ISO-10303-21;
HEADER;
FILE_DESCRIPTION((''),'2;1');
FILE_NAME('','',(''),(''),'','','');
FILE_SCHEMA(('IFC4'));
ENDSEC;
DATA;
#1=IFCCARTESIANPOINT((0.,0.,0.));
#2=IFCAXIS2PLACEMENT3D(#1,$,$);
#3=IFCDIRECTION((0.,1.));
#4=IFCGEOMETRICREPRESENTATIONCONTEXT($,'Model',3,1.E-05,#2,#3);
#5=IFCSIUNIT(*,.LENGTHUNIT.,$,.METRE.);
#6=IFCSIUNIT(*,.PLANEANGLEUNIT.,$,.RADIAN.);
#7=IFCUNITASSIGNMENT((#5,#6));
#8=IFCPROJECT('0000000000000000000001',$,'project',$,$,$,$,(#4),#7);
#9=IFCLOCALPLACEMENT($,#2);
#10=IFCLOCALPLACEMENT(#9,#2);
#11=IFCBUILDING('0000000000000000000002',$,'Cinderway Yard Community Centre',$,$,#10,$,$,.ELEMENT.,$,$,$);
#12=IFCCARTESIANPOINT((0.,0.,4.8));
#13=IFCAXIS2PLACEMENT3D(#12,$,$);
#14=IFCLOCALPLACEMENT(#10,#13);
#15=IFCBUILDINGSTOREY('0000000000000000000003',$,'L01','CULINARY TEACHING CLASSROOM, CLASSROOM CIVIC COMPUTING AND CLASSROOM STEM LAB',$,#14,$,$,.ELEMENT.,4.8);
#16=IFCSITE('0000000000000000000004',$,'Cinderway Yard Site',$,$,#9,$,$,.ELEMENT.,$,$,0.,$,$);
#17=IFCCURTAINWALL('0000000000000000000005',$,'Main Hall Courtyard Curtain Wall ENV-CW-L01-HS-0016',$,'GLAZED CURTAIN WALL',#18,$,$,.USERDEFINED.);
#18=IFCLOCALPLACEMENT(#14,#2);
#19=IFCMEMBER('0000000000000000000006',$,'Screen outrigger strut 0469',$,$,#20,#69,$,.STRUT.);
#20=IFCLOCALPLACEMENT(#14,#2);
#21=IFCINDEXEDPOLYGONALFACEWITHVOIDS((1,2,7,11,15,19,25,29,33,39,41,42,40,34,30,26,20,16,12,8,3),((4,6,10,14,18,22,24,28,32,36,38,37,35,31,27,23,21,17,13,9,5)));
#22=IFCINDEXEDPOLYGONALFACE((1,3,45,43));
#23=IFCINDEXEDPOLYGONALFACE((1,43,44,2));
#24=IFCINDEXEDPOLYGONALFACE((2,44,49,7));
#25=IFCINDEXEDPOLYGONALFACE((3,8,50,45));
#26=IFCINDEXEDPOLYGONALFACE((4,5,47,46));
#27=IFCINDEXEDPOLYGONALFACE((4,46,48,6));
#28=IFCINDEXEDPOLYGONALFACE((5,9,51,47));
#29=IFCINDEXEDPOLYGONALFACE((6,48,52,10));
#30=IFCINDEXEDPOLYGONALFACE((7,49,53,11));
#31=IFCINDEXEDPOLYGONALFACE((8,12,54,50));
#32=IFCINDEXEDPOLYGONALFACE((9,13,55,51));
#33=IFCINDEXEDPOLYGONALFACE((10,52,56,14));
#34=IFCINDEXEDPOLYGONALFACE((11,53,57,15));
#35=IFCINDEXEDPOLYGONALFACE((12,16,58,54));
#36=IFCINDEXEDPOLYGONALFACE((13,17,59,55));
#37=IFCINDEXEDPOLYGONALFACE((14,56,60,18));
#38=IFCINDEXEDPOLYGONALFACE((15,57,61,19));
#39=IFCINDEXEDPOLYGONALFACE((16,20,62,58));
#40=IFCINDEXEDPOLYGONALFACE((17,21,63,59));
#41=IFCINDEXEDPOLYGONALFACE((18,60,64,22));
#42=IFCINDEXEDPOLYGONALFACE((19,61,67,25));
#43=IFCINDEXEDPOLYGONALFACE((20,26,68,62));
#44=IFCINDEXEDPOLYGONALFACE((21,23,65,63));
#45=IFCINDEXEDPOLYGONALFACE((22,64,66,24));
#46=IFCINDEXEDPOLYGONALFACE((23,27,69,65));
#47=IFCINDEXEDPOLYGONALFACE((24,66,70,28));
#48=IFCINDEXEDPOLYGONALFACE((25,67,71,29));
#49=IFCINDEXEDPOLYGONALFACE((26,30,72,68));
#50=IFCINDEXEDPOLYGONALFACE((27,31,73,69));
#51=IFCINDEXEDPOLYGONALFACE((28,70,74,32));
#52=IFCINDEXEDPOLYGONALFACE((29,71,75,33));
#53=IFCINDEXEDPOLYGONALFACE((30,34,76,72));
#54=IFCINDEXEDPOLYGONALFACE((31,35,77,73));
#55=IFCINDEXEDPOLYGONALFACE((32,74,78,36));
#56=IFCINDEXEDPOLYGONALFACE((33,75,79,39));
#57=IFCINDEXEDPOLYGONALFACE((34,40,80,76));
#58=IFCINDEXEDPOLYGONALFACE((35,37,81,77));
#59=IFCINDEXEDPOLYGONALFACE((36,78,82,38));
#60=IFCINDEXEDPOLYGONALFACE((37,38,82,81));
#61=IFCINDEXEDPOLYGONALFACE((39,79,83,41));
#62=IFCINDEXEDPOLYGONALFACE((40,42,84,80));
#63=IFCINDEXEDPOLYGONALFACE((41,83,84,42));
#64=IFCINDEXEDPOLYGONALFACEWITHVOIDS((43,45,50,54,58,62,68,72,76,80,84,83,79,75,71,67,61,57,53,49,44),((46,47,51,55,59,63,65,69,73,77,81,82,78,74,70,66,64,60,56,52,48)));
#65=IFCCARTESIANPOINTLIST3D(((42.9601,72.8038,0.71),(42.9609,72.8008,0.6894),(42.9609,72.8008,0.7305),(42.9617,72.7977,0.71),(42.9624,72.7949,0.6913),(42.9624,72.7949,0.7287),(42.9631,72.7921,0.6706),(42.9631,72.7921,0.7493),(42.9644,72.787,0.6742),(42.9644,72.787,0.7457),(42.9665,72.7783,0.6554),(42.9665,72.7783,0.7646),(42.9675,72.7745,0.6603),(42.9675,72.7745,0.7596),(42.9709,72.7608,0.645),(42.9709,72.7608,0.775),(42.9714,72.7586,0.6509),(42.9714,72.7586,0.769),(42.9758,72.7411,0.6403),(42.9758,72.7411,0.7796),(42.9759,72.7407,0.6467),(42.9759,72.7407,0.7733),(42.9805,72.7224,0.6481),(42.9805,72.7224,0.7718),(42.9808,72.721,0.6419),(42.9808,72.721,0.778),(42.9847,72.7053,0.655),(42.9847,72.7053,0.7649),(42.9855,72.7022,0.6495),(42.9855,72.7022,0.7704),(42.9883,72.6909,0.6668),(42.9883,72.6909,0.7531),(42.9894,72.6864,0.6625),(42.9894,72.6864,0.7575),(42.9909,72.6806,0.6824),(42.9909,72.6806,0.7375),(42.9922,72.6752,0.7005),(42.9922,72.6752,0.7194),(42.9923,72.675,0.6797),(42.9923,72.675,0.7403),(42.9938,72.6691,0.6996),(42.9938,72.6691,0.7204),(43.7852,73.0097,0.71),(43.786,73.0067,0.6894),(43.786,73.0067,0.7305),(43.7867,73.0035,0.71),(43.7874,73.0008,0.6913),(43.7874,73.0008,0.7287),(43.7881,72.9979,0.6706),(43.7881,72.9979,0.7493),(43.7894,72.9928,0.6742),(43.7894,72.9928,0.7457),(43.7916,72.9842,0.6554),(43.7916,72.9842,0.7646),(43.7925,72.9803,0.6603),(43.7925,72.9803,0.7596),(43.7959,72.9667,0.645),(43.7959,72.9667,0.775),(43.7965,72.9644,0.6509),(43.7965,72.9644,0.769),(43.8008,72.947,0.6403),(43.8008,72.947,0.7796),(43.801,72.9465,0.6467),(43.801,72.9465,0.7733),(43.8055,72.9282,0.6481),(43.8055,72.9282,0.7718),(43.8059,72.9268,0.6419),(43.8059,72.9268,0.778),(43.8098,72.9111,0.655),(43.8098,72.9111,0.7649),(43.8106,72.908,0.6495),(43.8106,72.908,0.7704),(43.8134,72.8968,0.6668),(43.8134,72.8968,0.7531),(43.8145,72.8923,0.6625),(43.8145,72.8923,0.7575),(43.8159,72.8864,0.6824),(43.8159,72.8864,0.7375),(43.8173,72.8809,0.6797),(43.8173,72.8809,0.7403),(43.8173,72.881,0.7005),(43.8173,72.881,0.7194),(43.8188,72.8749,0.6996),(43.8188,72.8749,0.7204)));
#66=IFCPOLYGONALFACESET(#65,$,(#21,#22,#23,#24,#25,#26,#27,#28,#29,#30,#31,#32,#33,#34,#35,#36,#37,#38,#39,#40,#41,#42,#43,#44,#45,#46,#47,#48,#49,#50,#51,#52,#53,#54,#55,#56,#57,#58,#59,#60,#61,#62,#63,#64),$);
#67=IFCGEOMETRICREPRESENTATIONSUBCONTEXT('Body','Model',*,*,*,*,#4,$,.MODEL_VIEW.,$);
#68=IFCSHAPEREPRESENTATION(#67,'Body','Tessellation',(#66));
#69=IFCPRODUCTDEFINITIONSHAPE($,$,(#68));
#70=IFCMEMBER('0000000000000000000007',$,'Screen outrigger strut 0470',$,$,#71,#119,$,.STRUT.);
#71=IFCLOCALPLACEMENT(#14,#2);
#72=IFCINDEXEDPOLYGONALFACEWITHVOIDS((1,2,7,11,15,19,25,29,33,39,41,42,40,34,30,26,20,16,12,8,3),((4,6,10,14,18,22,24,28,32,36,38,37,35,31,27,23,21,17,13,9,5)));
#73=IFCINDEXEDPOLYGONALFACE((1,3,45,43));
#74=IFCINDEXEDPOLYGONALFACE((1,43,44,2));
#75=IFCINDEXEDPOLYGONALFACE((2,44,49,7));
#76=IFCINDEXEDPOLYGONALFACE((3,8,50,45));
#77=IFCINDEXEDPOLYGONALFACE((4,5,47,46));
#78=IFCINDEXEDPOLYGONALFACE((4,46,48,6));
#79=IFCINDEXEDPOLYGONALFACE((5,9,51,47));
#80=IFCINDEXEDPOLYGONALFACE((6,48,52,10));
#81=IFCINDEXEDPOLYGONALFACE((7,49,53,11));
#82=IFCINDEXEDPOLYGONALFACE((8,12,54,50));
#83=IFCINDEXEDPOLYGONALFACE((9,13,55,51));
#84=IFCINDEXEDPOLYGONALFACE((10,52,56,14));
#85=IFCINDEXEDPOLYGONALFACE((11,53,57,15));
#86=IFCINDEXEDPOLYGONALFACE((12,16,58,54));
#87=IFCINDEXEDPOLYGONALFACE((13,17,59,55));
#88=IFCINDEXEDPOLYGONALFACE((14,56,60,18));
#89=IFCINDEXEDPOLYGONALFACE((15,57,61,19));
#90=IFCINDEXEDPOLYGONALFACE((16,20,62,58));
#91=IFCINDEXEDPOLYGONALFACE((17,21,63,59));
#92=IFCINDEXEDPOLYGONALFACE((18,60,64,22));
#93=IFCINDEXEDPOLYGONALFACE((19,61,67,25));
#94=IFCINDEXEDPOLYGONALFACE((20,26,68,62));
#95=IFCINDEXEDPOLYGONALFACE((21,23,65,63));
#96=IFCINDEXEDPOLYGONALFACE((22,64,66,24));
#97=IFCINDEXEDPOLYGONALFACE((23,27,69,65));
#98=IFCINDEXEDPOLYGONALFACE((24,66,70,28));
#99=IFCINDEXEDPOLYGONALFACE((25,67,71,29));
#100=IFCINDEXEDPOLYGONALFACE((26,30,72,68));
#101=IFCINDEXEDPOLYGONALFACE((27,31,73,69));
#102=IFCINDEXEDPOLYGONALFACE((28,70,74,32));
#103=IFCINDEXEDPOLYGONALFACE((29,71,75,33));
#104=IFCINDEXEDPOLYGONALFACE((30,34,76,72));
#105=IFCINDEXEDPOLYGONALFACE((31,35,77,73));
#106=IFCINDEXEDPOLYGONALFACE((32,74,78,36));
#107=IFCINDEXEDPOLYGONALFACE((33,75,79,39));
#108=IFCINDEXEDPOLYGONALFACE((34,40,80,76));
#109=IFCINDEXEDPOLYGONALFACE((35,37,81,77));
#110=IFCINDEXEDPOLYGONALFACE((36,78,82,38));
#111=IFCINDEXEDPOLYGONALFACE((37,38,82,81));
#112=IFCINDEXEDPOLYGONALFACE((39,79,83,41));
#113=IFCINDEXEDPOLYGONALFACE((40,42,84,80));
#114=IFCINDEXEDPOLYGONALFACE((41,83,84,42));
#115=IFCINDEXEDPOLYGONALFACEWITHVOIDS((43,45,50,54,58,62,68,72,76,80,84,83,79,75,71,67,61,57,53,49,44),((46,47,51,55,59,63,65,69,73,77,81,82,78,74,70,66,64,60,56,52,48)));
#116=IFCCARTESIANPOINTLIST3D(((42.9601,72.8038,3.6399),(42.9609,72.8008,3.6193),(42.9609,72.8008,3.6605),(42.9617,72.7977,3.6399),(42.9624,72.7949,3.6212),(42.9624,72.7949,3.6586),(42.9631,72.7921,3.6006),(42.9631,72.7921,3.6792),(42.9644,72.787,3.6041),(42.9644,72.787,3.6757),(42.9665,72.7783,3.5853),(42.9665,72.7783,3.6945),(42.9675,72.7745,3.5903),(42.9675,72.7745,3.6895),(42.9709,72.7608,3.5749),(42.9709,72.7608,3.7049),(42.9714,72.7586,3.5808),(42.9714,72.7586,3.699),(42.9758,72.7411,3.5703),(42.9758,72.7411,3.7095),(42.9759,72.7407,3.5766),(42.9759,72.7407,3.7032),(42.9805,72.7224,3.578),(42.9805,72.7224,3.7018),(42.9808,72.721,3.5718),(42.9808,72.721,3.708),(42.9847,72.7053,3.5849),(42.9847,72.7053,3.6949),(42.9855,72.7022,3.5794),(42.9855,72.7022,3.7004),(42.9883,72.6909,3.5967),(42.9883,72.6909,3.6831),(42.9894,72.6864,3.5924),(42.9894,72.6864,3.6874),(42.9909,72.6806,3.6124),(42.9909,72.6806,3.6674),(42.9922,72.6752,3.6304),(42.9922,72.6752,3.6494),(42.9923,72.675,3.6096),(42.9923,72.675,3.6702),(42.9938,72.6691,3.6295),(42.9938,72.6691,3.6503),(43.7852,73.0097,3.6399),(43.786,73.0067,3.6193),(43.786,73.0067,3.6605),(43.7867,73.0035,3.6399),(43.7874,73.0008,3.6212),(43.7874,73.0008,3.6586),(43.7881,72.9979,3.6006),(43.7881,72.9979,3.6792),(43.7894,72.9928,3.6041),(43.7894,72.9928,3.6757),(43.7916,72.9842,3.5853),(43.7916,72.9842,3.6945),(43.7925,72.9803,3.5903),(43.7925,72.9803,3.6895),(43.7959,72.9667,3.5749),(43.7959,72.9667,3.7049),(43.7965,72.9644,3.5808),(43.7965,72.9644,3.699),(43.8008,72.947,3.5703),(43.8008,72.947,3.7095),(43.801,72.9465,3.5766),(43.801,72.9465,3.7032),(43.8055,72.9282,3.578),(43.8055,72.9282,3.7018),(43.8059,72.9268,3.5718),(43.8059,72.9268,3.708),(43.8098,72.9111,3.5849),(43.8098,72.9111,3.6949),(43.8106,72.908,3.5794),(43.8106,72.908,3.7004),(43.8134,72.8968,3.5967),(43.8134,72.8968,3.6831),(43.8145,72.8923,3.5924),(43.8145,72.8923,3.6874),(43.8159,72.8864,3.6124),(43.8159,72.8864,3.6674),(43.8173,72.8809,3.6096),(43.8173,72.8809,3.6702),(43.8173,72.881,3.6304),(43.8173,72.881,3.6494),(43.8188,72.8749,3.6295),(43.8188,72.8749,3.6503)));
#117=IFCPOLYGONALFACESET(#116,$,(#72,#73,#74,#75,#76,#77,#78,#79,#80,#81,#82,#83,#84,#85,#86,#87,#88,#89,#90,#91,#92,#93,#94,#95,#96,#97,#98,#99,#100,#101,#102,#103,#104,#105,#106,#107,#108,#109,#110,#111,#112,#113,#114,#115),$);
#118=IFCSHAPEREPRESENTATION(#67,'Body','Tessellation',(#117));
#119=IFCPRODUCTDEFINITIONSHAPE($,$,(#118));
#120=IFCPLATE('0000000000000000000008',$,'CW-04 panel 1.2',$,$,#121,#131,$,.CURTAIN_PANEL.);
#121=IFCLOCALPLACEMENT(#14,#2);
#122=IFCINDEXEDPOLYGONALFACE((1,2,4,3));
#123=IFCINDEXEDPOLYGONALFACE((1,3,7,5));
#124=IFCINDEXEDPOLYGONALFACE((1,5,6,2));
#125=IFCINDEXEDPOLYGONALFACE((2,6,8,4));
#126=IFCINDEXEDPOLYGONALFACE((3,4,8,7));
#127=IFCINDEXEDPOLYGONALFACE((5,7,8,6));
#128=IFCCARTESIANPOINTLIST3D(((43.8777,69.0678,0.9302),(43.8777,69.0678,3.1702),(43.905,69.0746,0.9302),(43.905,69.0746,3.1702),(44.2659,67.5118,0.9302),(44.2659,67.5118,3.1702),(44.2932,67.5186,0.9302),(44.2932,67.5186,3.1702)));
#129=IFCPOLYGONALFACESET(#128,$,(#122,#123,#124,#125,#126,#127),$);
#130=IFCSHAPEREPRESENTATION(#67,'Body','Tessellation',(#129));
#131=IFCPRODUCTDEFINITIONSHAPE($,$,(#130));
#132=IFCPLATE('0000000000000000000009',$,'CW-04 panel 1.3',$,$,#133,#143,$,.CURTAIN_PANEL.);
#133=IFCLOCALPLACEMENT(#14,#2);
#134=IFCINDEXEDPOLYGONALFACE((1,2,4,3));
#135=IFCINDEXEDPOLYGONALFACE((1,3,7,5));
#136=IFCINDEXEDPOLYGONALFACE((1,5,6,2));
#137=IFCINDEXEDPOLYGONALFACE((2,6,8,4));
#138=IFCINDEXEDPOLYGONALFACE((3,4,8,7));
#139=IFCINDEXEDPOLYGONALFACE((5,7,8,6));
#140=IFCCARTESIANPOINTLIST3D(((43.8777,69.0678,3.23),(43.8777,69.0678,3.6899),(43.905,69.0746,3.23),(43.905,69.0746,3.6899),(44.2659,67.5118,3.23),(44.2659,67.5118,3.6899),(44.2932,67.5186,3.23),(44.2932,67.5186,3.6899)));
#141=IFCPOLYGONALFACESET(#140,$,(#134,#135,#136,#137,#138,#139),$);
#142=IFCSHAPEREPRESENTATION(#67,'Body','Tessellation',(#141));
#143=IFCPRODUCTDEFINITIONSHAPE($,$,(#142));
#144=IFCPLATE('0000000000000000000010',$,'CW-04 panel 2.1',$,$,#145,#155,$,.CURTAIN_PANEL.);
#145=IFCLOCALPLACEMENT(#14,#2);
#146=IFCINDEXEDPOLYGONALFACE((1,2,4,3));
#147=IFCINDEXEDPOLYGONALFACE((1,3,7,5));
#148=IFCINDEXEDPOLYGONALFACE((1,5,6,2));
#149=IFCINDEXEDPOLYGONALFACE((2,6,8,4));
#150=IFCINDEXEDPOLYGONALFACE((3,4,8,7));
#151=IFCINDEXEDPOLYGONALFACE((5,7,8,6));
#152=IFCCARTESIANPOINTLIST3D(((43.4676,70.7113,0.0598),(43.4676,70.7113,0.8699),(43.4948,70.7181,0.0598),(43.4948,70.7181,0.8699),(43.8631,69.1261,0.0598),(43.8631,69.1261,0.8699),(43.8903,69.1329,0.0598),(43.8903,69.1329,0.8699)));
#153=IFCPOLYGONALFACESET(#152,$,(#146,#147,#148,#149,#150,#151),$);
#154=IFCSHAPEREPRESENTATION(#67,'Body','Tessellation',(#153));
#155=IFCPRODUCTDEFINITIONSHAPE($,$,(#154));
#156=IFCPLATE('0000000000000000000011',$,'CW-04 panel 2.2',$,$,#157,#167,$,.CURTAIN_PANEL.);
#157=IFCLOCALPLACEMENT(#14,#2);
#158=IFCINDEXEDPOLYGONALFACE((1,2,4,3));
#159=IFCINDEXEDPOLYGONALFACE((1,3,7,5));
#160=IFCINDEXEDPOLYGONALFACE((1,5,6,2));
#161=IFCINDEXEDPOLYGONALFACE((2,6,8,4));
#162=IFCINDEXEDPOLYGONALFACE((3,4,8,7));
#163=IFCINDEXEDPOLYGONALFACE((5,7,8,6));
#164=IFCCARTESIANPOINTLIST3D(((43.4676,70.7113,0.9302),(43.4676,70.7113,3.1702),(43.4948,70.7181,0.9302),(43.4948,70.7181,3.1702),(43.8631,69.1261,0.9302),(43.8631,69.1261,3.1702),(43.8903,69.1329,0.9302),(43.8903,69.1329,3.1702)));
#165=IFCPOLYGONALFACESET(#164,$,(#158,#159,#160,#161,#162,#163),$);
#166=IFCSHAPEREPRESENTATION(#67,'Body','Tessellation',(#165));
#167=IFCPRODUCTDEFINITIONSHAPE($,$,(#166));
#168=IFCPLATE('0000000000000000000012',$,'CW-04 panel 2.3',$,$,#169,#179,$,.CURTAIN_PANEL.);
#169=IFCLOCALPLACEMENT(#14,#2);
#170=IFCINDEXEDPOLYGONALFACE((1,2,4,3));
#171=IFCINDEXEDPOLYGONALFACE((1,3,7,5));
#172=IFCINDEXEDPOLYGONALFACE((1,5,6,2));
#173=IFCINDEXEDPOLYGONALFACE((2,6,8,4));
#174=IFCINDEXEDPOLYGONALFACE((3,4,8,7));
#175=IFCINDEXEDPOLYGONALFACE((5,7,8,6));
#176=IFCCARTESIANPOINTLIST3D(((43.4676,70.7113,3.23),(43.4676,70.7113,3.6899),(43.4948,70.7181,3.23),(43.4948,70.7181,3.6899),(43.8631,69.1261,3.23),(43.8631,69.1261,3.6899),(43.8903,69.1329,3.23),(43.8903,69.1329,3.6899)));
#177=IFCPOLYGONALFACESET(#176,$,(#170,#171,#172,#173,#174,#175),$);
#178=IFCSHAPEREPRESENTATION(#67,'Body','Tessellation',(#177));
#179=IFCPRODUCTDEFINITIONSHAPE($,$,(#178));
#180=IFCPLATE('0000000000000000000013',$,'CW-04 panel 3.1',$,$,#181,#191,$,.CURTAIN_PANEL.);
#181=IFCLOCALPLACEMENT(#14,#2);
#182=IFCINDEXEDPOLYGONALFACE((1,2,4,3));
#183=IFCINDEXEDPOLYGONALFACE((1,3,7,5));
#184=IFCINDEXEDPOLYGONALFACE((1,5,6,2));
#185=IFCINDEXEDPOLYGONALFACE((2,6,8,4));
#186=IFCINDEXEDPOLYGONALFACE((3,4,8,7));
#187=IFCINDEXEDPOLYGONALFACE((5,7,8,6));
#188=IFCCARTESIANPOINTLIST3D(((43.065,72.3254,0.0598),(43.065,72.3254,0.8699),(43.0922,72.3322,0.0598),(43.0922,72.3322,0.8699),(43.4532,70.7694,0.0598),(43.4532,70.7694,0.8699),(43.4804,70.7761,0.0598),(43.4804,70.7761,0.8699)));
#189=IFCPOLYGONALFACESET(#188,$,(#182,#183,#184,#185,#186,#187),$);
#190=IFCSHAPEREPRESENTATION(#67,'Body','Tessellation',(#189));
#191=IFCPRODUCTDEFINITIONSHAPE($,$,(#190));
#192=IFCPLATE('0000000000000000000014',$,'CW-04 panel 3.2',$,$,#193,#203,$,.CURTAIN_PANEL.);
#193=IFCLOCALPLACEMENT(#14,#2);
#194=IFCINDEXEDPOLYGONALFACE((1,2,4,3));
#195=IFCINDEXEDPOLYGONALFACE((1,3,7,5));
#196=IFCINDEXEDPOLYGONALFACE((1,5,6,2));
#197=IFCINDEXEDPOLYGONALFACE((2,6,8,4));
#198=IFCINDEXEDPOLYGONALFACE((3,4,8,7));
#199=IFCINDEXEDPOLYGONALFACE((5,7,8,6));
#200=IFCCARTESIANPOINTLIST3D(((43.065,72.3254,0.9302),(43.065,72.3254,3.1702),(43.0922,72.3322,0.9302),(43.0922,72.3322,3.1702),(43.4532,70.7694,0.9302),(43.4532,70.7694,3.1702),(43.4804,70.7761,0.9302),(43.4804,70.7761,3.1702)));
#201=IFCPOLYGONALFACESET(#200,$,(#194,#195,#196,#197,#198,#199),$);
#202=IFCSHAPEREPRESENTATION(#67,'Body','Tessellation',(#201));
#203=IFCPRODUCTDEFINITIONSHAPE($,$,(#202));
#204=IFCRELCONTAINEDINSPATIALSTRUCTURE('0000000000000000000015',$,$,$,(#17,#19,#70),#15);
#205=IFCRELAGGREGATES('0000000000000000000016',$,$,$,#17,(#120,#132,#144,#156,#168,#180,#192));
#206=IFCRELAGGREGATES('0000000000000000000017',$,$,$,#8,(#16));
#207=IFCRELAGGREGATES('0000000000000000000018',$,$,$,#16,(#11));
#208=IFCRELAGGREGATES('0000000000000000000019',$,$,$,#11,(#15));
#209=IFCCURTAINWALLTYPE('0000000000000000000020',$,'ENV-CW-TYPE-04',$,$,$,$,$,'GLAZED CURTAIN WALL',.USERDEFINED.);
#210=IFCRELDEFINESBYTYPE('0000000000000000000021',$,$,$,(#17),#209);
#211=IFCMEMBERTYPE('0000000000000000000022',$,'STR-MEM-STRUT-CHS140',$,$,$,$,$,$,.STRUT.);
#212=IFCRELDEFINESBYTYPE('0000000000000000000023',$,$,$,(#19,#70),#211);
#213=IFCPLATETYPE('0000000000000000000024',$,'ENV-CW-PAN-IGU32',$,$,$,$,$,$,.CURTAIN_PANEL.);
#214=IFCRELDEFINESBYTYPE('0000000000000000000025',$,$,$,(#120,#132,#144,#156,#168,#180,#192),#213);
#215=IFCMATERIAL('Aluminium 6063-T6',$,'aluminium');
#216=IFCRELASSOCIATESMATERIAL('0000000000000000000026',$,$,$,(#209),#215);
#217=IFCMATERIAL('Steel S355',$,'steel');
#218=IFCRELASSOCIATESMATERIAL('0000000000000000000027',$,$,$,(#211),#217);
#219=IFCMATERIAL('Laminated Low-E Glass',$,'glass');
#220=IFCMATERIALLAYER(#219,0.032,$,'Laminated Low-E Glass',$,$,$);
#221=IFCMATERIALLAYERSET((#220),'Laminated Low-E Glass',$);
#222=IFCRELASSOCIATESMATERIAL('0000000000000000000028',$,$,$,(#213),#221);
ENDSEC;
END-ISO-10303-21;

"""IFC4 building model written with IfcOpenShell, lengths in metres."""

from ifc_helpers import new_model, si_unit, direction, frame, origin, origin_2d, place, context, subcontext, project, spatial, rectangle, hollow_circle, extrude, material, layer, layer_set, material_profile, profile_set, type_object, element, aggregate, save


model = new_model("IFC4")

# Units and contexts
model_context = context("Model", 3, precision=1e-05, world=origin(), true_north=direction((0.0, 1.0)))
body_context = subcontext(model_context, "Body", "Model", "MODEL_VIEW")
ifc_project = project(units=[si_unit("LENGTHUNIT", "METRE"), si_unit("PLANEANGLEUNIT", "RADIAN")], contexts=[model_context])

# Site, building, storey
site_placement = place(None, origin())
site = spatial("IfcSite", under=ifc_project, at=site_placement, Name="Cinderway Yard Site", CompositionType="ELEMENT", RefElevation=0.0)
building_placement = place(site_placement, origin())
building = spatial("IfcBuilding", under=site, at=building_placement, Name="Cinderway Yard Community Centre", CompositionType="ELEMENT")
storey_placement = place(building_placement, frame((0.0, 0.0, 4.8)))
storey = spatial("IfcBuildingStorey", under=building, at=storey_placement, Name="L01", Description="CULINARY TEACHING CLASSROOM, CLASSROOM CIVIC COMPUTING AND CLASSROOM STEM LAB", CompositionType="ELEMENT", Elevation=4.8)

# Curtain wall
ifc_material_1 = material(Name="Aluminium 6063-T6", Category="aluminium")
curtain_wall_type = type_object("IfcCurtainWallType", Name="ENV-CW-TYPE-04", ElementType="GLAZED CURTAIN WALL", PredefinedType="USERDEFINED", material=ifc_material_1)
curtain_wall_placement = place(storey_placement, origin())
curtain_wall = element("IfcCurtainWall", 1, at=curtain_wall_placement, inside=storey, type_object=curtain_wall_type, Name="Main Hall Courtyard Curtain Wall ENV-CW-L01-HS-0016", ObjectType="GLAZED CURTAIN WALL", PredefinedType="USERDEFINED")

# Members
ifc_material_2 = material(Name="Steel S355", Category="steel")
ifc_material_profile_1 = material_profile(ifc_material_2, hollow_circle(Radius=0.0698, WallThickness=0.0063, at=origin_2d()), Name="Steel S355")
ifc_profile_set_1 = profile_set([ifc_material_profile_1], Name="Steel S355")
member_type_1 = type_object("IfcMemberType", Name="STR-MEM-STRUT-CHS140", PredefinedType="STRUT", material=ifc_profile_set_1)
for number, where, z_axis, x_axis, name in (
    (2, (42.9771, 72.7361, 0.71), (0.970261, 0.242063, 0.0), (-0.242063, 0.970261, 0.0), "Screen outrigger strut 0469"),
    (3, (42.9771, 72.7361, 3.6399), (0.970261, 0.242063, 0.0), (-0.242063, 0.970261, 0.0), "Screen outrigger strut 0470"),
):
    element("IfcMember", number, at=place(storey_placement, frame(where, z_axis=z_axis, x_axis=x_axis)), inside=storey, type_object=member_type_1, Name=name, PredefinedType="STRUT", context=body_context, shape_type="SweptSolid", body=[
        extrude(hollow_circle(Radius=0.0698, WallThickness=0.0063, at=origin_2d()), origin(), (0.0, 0.0, 1.0), 0.8503),
    ])

# Plates
ifc_material_3 = material(Name="Laminated Low-E Glass", Category="glass")
ifc_layer_1 = layer(ifc_material_3, 0.032, Name="Laminated Low-E Glass")
ifc_layer_set_1 = layer_set([ifc_layer_1], Name="Laminated Low-E Glass")
plate_type_1 = type_object("IfcPlateType", Name="ENV-CW-PAN-IGU32", PredefinedType="CURTAIN_PANEL", material=ifc_layer_set_1)
plate_1_placement = place(storey_placement, frame((44.0854, 68.2932, 0.9302), z_axis=(0.0, 0.0, 1.0), x_axis=(-0.242073, 0.970258, 0.0)))
plate_1 = element("IfcPlate", 4, at=plate_1_placement, type_object=plate_type_1, Name="CW-04 panel 1.2", PredefinedType="CURTAIN_PANEL", context=body_context, shape_type="SweptSolid", body=[
    extrude(rectangle(XDim=1.6038, YDim=0.0281, at=origin_2d()), origin(), (0.0, 0.0, 1.0), 2.24),
])
plate_2_placement = place(storey_placement, frame((44.0854, 68.2932, 3.23), z_axis=(0.0, 0.0, 1.0), x_axis=(-0.242073, 0.970258, 0.0)))
plate_2 = element("IfcPlate", 5, at=plate_2_placement, type_object=plate_type_1, Name="CW-04 panel 1.3", PredefinedType="CURTAIN_PANEL", context=body_context, shape_type="SweptSolid", body=[
    extrude(rectangle(XDim=1.6038, YDim=0.0281, at=origin_2d()), origin(), (0.0, 0.0, 1.0), 0.46),
])
plate_3_placement = place(storey_placement, frame((43.679, 69.9221, 0.0598), z_axis=(0.0, 0.0, 1.0), x_axis=(-0.242073, 0.970258, 0.0)))
plate_3 = element("IfcPlate", 6, at=plate_3_placement, type_object=plate_type_1, Name="CW-04 panel 2.1", PredefinedType="CURTAIN_PANEL", context=body_context, shape_type="SweptSolid", body=[
    extrude(rectangle(XDim=1.6338, YDim=0.0281, at=origin_2d()), origin(), (0.0, 0.0, 1.0), 0.8101),
])
plate_4_placement = place(storey_placement, frame((43.679, 69.9221, 0.9302), z_axis=(0.0, 0.0, 1.0), x_axis=(-0.242073, 0.970258, 0.0)))
plate_4 = element("IfcPlate", 7, at=plate_4_placement, type_object=plate_type_1, Name="CW-04 panel 2.2", PredefinedType="CURTAIN_PANEL", context=body_context, shape_type="SweptSolid", body=[
    extrude(rectangle(XDim=1.6338, YDim=0.0281, at=origin_2d()), origin(), (0.0, 0.0, 1.0), 2.24),
])
plate_5_placement = place(storey_placement, frame((43.679, 69.9221, 3.23), z_axis=(0.0, 0.0, 1.0), x_axis=(-0.242073, 0.970258, 0.0)))
plate_5 = element("IfcPlate", 8, at=plate_5_placement, type_object=plate_type_1, Name="CW-04 panel 2.3", PredefinedType="CURTAIN_PANEL", context=body_context, shape_type="SweptSolid", body=[
    extrude(rectangle(XDim=1.6338, YDim=0.0281, at=origin_2d()), origin(), (0.0, 0.0, 1.0), 0.46),
])
plate_6_placement = place(storey_placement, frame((43.2727, 71.5508, 0.0598), z_axis=(0.0, 0.0, 1.0), x_axis=(-0.242073, 0.970258, 0.0)))
plate_6 = element("IfcPlate", 9, at=plate_6_placement, type_object=plate_type_1, Name="CW-04 panel 3.1", PredefinedType="CURTAIN_PANEL", context=body_context, shape_type="SweptSolid", body=[
    extrude(rectangle(XDim=1.6038, YDim=0.0281, at=origin_2d()), origin(), (0.0, 0.0, 1.0), 0.8101),
])
plate_7_placement = place(storey_placement, frame((43.2727, 71.5508, 0.9302), z_axis=(0.0, 0.0, 1.0), x_axis=(-0.242073, 0.970258, 0.0)))
plate_7 = element("IfcPlate", 10, at=plate_7_placement, type_object=plate_type_1, Name="CW-04 panel 3.2", PredefinedType="CURTAIN_PANEL", context=body_context, shape_type="SweptSolid", body=[
    extrude(rectangle(XDim=1.6038, YDim=0.0281, at=origin_2d()), origin(), (0.0, 0.0, 1.0), 2.24),
])
aggregate(curtain_wall, [plate_1, plate_2, plate_3, plate_4, plate_5, plate_6, plate_7])

save(model, "model.ifc")
